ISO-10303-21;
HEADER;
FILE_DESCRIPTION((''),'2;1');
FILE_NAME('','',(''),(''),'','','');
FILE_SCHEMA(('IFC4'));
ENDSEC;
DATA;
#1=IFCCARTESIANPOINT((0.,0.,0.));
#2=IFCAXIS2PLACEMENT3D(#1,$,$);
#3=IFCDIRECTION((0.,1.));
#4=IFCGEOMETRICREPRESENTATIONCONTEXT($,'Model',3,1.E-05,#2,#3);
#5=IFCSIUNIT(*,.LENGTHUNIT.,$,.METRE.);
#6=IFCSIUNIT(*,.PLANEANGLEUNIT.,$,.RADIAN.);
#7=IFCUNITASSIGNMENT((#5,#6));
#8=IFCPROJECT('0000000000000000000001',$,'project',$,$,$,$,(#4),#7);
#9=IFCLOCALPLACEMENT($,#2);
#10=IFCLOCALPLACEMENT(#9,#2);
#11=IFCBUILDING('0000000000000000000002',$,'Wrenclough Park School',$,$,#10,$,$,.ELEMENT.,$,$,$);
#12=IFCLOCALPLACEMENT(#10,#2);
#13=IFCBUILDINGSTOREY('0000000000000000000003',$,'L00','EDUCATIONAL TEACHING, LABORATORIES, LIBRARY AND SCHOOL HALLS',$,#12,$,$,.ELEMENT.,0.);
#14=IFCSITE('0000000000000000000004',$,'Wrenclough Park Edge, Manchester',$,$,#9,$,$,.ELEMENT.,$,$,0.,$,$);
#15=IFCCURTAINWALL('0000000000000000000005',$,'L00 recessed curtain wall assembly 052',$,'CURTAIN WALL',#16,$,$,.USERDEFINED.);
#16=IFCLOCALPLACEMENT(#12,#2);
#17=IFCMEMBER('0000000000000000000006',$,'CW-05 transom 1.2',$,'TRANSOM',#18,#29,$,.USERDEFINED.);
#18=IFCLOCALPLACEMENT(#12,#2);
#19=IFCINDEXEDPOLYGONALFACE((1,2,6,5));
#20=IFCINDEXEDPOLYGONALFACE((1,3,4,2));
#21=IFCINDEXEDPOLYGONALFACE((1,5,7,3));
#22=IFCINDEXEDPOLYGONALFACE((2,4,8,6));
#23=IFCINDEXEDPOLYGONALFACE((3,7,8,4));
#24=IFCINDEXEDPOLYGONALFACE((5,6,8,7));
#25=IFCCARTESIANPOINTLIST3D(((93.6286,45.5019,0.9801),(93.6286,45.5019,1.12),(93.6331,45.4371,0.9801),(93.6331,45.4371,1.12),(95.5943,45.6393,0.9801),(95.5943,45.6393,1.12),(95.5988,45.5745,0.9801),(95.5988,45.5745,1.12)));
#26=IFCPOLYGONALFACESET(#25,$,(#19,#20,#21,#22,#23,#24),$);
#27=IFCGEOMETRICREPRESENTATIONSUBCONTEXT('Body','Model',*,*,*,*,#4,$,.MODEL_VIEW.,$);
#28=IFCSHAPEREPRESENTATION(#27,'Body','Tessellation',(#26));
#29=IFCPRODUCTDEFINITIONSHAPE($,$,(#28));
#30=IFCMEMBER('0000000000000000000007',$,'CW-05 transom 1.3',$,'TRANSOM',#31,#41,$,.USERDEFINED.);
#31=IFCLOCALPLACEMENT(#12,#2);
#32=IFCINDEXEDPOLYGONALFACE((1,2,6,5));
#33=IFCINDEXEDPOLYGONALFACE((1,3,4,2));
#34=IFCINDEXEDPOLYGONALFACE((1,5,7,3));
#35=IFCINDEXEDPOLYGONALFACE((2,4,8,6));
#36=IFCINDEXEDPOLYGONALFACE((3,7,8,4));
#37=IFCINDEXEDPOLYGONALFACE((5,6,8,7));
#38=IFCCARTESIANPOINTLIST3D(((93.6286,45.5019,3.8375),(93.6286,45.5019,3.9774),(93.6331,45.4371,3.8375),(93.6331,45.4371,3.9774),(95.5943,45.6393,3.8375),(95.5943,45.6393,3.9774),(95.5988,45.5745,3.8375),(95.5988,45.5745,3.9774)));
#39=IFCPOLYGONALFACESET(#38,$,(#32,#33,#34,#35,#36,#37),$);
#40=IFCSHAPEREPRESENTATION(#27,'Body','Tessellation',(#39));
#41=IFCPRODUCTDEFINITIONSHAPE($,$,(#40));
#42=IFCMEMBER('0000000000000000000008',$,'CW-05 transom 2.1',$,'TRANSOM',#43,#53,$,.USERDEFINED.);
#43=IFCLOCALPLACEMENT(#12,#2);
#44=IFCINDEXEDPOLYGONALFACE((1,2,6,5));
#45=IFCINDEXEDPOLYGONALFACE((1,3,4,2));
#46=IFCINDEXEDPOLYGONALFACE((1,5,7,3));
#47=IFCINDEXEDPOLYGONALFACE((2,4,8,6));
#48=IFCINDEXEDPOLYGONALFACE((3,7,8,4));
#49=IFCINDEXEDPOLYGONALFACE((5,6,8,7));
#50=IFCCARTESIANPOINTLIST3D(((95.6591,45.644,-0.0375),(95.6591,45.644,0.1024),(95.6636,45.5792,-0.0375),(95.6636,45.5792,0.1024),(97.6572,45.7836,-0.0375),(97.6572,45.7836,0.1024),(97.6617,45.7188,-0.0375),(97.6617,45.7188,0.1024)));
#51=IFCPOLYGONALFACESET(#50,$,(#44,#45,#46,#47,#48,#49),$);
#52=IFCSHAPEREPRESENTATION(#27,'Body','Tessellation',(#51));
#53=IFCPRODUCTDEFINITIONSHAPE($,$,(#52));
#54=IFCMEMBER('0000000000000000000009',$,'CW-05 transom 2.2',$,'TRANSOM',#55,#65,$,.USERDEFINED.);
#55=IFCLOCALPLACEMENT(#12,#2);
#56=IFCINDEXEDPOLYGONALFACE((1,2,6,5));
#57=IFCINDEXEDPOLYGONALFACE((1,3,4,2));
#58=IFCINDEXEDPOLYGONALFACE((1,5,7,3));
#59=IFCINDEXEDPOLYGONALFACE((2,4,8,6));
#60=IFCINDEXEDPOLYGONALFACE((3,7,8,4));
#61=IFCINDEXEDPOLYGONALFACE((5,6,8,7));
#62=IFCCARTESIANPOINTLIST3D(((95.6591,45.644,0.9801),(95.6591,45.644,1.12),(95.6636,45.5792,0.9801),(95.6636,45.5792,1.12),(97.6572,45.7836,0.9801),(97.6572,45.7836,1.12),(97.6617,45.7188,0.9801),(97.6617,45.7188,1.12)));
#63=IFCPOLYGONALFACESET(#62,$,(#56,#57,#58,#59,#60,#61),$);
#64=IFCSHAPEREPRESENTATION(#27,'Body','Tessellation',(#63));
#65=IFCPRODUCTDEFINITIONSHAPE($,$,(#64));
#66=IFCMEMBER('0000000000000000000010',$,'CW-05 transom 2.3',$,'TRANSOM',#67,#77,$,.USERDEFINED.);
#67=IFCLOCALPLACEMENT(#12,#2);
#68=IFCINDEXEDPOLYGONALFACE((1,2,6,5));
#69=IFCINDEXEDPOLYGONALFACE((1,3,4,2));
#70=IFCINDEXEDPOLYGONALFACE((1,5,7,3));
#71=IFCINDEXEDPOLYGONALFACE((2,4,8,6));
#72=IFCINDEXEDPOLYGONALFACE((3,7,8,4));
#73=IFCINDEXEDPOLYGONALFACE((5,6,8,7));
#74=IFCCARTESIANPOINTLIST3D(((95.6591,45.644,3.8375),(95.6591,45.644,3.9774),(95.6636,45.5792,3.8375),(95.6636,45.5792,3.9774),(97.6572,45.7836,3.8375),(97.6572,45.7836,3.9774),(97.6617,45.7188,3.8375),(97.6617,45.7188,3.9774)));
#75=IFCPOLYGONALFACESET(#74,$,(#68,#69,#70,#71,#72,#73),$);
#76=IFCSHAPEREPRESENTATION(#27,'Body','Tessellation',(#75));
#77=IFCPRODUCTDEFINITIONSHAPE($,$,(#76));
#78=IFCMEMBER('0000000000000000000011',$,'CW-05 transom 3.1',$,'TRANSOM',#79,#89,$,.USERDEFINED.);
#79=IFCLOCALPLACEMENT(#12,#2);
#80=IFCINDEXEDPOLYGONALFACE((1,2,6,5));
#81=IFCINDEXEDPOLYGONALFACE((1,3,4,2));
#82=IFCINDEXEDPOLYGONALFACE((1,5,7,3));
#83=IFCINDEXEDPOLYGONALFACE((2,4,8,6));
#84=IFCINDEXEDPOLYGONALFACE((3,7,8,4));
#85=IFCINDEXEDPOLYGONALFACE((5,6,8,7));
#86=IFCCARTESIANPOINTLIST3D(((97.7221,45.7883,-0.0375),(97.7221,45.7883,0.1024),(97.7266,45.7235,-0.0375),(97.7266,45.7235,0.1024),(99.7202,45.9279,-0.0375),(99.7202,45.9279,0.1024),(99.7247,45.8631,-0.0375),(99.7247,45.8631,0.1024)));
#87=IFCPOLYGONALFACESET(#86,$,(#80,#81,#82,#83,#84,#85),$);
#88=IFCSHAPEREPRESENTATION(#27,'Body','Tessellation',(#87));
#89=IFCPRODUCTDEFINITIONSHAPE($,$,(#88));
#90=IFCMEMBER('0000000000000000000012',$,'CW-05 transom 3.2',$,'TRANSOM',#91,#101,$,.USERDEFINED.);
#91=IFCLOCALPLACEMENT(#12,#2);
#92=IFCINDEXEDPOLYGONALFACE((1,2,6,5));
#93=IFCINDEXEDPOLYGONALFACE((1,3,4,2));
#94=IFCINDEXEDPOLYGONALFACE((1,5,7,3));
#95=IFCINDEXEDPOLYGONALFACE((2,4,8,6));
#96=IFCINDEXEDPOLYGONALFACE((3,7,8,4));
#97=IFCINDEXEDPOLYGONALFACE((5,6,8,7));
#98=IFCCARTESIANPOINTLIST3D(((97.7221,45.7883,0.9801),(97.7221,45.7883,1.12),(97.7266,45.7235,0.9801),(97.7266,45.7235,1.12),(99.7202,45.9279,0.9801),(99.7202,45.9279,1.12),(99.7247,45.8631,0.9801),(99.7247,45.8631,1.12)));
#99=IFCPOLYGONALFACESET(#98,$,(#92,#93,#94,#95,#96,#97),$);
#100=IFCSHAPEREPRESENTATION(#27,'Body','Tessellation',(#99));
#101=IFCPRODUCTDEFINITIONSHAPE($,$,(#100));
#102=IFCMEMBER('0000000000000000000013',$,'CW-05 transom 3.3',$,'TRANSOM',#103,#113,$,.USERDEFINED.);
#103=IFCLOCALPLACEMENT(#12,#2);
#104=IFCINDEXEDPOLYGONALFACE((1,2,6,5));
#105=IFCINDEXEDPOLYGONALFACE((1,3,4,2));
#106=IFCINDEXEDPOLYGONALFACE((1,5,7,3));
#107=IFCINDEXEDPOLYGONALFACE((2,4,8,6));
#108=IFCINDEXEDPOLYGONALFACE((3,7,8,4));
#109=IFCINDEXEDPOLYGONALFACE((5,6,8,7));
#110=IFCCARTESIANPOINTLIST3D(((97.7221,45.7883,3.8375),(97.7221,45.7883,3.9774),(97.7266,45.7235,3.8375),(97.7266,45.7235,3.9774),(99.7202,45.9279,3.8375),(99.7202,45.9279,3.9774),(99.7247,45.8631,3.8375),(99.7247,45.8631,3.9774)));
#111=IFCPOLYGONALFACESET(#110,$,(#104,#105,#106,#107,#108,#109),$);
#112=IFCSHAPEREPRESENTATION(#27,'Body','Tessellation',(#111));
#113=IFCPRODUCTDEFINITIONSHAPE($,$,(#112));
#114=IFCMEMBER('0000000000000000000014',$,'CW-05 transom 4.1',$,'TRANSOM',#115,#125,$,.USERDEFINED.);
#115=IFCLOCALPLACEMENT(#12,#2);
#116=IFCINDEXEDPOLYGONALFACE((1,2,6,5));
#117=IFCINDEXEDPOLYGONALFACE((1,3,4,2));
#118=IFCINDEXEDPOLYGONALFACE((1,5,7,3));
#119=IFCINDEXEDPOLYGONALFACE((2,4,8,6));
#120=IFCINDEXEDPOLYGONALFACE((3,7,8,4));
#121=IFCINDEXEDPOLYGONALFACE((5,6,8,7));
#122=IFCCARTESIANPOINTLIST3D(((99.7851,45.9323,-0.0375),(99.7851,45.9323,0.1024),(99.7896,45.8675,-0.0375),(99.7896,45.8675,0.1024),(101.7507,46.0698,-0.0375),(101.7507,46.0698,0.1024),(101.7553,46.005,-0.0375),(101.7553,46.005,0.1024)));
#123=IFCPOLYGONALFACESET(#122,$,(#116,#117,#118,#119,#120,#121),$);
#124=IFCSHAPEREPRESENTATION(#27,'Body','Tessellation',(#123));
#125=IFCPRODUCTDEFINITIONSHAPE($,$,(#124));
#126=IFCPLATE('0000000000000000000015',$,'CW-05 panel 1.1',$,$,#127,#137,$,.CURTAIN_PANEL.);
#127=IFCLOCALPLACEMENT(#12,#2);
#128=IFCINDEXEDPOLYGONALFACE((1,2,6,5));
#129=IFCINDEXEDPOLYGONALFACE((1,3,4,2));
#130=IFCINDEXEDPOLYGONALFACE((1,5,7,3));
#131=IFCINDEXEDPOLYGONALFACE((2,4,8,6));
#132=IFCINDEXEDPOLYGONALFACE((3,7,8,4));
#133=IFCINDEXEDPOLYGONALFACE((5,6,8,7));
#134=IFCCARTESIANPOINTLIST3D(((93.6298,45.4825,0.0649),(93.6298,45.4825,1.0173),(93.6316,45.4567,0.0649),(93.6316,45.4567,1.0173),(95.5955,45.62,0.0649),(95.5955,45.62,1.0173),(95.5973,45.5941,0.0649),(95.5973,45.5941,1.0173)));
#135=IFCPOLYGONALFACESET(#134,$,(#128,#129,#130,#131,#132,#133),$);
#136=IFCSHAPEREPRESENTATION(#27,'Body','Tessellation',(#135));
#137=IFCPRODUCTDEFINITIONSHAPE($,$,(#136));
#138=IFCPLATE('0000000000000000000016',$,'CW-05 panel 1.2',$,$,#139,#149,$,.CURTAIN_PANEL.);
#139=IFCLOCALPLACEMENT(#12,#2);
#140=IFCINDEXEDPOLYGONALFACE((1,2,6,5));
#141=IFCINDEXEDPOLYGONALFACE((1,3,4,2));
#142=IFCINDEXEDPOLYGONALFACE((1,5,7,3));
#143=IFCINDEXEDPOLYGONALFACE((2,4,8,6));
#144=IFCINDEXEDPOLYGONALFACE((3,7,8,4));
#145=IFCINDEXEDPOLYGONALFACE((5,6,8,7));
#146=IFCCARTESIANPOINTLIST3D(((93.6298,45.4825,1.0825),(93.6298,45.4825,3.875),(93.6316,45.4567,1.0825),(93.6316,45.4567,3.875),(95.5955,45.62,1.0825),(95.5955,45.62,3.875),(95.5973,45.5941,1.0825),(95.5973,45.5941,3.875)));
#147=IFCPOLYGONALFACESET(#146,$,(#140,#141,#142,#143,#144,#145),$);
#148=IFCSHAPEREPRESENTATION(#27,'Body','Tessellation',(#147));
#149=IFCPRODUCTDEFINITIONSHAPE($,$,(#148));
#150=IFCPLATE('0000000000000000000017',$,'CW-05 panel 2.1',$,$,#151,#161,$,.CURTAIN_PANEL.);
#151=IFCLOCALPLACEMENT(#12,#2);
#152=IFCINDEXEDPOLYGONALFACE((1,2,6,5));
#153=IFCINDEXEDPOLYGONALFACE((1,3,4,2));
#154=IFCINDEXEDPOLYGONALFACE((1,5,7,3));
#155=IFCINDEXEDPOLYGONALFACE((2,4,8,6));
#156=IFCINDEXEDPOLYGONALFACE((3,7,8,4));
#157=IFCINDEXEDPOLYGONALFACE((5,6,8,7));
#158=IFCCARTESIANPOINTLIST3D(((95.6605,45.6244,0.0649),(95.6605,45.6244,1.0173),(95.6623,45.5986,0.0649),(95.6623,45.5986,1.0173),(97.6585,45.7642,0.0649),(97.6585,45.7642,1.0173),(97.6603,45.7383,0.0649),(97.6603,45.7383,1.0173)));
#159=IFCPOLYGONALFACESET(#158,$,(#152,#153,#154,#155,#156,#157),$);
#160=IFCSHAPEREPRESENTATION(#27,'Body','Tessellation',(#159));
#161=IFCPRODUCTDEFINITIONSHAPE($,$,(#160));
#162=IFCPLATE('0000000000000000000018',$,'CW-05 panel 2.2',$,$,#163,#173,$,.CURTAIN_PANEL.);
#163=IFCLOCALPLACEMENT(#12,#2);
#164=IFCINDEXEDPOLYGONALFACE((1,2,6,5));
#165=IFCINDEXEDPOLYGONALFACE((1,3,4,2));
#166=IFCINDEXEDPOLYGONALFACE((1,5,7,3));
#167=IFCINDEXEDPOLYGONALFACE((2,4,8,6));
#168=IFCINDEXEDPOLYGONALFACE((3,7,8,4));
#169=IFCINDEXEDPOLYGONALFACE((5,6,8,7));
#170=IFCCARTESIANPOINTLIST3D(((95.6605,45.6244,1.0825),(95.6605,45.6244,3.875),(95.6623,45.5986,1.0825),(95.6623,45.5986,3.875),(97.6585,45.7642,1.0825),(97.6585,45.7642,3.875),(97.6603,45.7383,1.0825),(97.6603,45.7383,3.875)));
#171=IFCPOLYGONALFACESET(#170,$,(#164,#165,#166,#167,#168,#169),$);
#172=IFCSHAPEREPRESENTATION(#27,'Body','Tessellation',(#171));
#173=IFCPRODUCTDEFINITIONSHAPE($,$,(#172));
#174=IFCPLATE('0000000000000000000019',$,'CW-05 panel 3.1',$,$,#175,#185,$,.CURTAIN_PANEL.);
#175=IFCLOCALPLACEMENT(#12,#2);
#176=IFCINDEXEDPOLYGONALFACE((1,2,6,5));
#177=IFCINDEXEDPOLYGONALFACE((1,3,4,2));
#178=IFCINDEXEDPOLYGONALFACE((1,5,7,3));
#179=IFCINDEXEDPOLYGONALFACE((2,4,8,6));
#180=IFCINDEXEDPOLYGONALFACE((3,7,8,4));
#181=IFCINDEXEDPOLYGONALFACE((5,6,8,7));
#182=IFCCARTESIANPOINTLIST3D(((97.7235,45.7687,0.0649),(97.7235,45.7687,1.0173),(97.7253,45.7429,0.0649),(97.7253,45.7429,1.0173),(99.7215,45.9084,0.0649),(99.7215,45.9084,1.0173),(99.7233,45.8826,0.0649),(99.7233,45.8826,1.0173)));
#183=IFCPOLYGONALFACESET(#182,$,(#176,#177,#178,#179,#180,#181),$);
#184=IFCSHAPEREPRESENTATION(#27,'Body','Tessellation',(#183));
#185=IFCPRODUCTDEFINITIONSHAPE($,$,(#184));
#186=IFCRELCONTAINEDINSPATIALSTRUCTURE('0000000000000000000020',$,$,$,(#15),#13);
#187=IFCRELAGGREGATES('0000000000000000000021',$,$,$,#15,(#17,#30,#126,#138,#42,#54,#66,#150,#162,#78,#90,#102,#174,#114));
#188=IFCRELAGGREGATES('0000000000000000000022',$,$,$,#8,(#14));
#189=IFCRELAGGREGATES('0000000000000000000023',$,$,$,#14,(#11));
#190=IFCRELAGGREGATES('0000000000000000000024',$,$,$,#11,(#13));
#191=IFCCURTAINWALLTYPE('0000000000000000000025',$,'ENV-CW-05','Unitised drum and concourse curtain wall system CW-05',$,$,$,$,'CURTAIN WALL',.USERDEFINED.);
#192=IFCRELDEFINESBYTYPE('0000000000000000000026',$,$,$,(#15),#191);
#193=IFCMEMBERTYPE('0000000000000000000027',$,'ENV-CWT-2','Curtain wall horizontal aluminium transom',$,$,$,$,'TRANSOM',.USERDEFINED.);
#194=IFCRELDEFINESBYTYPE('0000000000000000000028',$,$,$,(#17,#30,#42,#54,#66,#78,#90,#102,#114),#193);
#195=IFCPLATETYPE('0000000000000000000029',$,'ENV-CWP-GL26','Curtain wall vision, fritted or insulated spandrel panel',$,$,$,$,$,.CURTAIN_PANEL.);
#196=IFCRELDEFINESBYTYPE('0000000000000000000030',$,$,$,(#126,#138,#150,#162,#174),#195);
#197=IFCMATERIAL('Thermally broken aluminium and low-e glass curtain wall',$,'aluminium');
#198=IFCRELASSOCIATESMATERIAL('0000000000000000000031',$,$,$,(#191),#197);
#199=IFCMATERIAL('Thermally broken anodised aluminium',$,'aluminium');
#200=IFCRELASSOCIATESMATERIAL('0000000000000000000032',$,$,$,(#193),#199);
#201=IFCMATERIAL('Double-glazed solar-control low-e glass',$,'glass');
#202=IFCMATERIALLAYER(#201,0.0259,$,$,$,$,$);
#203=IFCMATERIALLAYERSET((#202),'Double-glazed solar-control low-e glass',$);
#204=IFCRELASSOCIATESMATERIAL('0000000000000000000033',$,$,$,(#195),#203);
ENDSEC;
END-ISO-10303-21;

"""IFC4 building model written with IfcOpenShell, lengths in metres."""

from ifc_helpers import new_model, si_unit, direction, frame, origin, origin_2d, place, context, subcontext, project, spatial, rectangle, extrude, material, layer, layer_set, material_profile, profile_set, type_object, element, aggregate, save


model = new_model("IFC4")

# Units and contexts
model_context = context("Model", 3, precision=1e-05, world=origin(), true_north=direction((0.0, 1.0)))
body_context = subcontext(model_context, "Body", "Model", "MODEL_VIEW")
ifc_project = project(units=[si_unit("LENGTHUNIT", "METRE"), si_unit("PLANEANGLEUNIT", "RADIAN")], contexts=[model_context])

# Site, building, storey
site_placement = place(None, origin())
site = spatial("IfcSite", under=ifc_project, at=site_placement, Name="Wrenclough Park Edge, Manchester", CompositionType="ELEMENT", RefElevation=0.0)
building_placement = place(site_placement, origin())
building = spatial("IfcBuilding", under=site, at=building_placement, Name="Wrenclough Park School", CompositionType="ELEMENT")
storey_placement = place(building_placement, origin())
storey = spatial("IfcBuildingStorey", under=building, at=storey_placement, Name="L00", Description="EDUCATIONAL TEACHING, LABORATORIES, LIBRARY AND SCHOOL HALLS", CompositionType="ELEMENT", Elevation=0.0)

# Curtain wall, members, plates
ifc_material_1 = material(Name="Thermally broken aluminium and low-e glass curtain wall", Category="aluminium")
curtain_wall_type = type_object("IfcCurtainWallType", Name="ENV-CW-05", Description="Unitised drum and concourse curtain wall system CW-05", ElementType="CURTAIN WALL", PredefinedType="USERDEFINED", material=ifc_material_1)
curtain_wall_placement = place(storey_placement, origin())
curtain_wall = element("IfcCurtainWall", 1, at=curtain_wall_placement, inside=storey, type_object=curtain_wall_type, Name="L00 recessed curtain wall assembly 052", ObjectType="CURTAIN WALL", PredefinedType="USERDEFINED")
ifc_material_2 = material(Name="Thermally broken anodised aluminium", Category="aluminium")
ifc_material_profile_1 = material_profile(ifc_material_2, rectangle(XDim=0.0649, YDim=0.1399, at=origin_2d()), Name="AL TRANSOM 65x140")
ifc_profile_set_1 = profile_set([ifc_material_profile_1], Name="Thermally broken anodised aluminium")
member_type_1 = type_object("IfcMemberType", Name="ENV-CWT-2", Description="Curtain wall horizontal aluminium transom", ElementType="TRANSOM", PredefinedType="USERDEFINED", material=ifc_profile_set_1)
member_1_placement = place(storey_placement, frame((93.6309, 45.4695, 1.05), z_axis=(0.997564, 0.069759, 0.0), x_axis=(-0.069759, 0.997564, 0.0)))
member_1 = element("IfcMember", 2, at=member_1_placement, type_object=member_type_1, Name="CW-05 transom 1.2", ObjectType="TRANSOM", PredefinedType="USERDEFINED", context=body_context, shape_type="SweptSolid", body=[
    extrude(rectangle(XDim=0.0649, YDim=0.1399, at=origin_2d()), origin(), (0.0, 0.0, 1.0), 1.9705),
])
member_2_placement = place(storey_placement, frame((93.6309, 45.4695, 3.9075), z_axis=(0.997564, 0.069759, 0.0), x_axis=(-0.069759, 0.997564, 0.0)))
member_2 = element("IfcMember", 3, at=member_2_placement, type_object=member_type_1, Name="CW-05 transom 1.3", ObjectType="TRANSOM", PredefinedType="USERDEFINED", context=body_context, shape_type="SweptSolid", body=[
    extrude(rectangle(XDim=0.0649, YDim=0.1399, at=origin_2d()), origin(), (0.0, 0.0, 1.0), 1.9705),
])
member_3_placement = place(storey_placement, frame((95.6614, 45.6116, 0.0325), z_axis=(0.997566, 0.069722, 0.0), x_axis=(-0.069722, 0.997566, 0.0)))
member_3 = element("IfcMember", 4, at=member_3_placement, type_object=member_type_1, Name="CW-05 transom 2.1", ObjectType="TRANSOM", PredefinedType="USERDEFINED", context=body_context, shape_type="SweptSolid", body=[
    extrude(rectangle(XDim=0.0649, YDim=0.1399, at=origin_2d()), origin(), (0.0, 0.0, 1.0), 2.0029),
])
member_4_placement = place(storey_placement, frame((95.6614, 45.6116, 1.05), z_axis=(0.997566, 0.069722, 0.0), x_axis=(-0.069722, 0.997566, 0.0)))
member_4 = element("IfcMember", 5, at=member_4_placement, type_object=member_type_1, Name="CW-05 transom 2.2", ObjectType="TRANSOM", PredefinedType="USERDEFINED", context=body_context, shape_type="SweptSolid", body=[
    extrude(rectangle(XDim=0.0649, YDim=0.1399, at=origin_2d()), origin(), (0.0, 0.0, 1.0), 2.0029),
])
member_5_placement = place(storey_placement, frame((95.6614, 45.6116, 3.9075), z_axis=(0.997566, 0.069722, 0.0), x_axis=(-0.069722, 0.997566, 0.0)))
member_5 = element("IfcMember", 6, at=member_5_placement, type_object=member_type_1, Name="CW-05 transom 2.3", ObjectType="TRANSOM", PredefinedType="USERDEFINED", context=body_context, shape_type="SweptSolid", body=[
    extrude(rectangle(XDim=0.0649, YDim=0.1399, at=origin_2d()), origin(), (0.0, 0.0, 1.0), 2.0029),
])
member_6_placement = place(storey_placement, frame((97.7244, 45.7559, 0.0325), z_axis=(0.997566, 0.069722, 0.0), x_axis=(-0.069722, 0.997566, 0.0)))
member_6 = element("IfcMember", 7, at=member_6_placement, type_object=member_type_1, Name="CW-05 transom 3.1", ObjectType="TRANSOM", PredefinedType="USERDEFINED", context=body_context, shape_type="SweptSolid", body=[
    extrude(rectangle(XDim=0.0649, YDim=0.1399, at=origin_2d()), origin(), (0.0, 0.0, 1.0), 2.0029),
])
member_7_placement = place(storey_placement, frame((97.7244, 45.7559, 1.05), z_axis=(0.997566, 0.069722, 0.0), x_axis=(-0.069722, 0.997566, 0.0)))
member_7 = element("IfcMember", 8, at=member_7_placement, type_object=member_type_1, Name="CW-05 transom 3.2", ObjectType="TRANSOM", PredefinedType="USERDEFINED", context=body_context, shape_type="SweptSolid", body=[
    extrude(rectangle(XDim=0.0649, YDim=0.1399, at=origin_2d()), origin(), (0.0, 0.0, 1.0), 2.0029),
])
member_8_placement = place(storey_placement, frame((97.7244, 45.7559, 3.9075), z_axis=(0.997566, 0.069722, 0.0), x_axis=(-0.069722, 0.997566, 0.0)))
member_8 = element("IfcMember", 9, at=member_8_placement, type_object=member_type_1, Name="CW-05 transom 3.3", ObjectType="TRANSOM", PredefinedType="USERDEFINED", context=body_context, shape_type="SweptSolid", body=[
    extrude(rectangle(XDim=0.0649, YDim=0.1399, at=origin_2d()), origin(), (0.0, 0.0, 1.0), 2.0029),
])
member_9_placement = place(storey_placement, frame((99.7874, 45.8999, 0.0325), z_axis=(0.997564, 0.069759, 0.0), x_axis=(-0.069759, 0.997564, 0.0)))
member_9 = element("IfcMember", 10, at=member_9_placement, type_object=member_type_1, Name="CW-05 transom 4.1", ObjectType="TRANSOM", PredefinedType="USERDEFINED", context=body_context, shape_type="SweptSolid", body=[
    extrude(rectangle(XDim=0.0649, YDim=0.1399, at=origin_2d()), origin(), (0.0, 0.0, 1.0), 1.9705),
])
ifc_material_3 = material(Name="Double-glazed solar-control low-e glass", Category="glass")
ifc_layer_1 = layer(ifc_material_3, 0.0259)
ifc_layer_set_1 = layer_set([ifc_layer_1], Name="Double-glazed solar-control low-e glass")
plate_type = type_object("IfcPlateType", Name="ENV-CWP-GL26", Description="Curtain wall vision, fritted or insulated spandrel panel", PredefinedType="CURTAIN_PANEL", material=ifc_layer_set_1)
plate_1_placement = place(storey_placement, frame((94.6135, 45.5383, 0.0649), z_axis=(0.0, 0.0, 1.0), x_axis=(0.997564, 0.069753, 0.0)))
plate_1 = element("IfcPlate", 11, at=plate_1_placement, type_object=plate_type, Name="CW-05 panel 1.1", PredefinedType="CURTAIN_PANEL", context=body_context, shape_type="SweptSolid", body=[
    extrude(rectangle(XDim=1.9705, YDim=0.0259, at=origin_2d()), origin(), (0.0, 0.0, 1.0), 0.9524),
])
plate_2_placement = place(storey_placement, frame((94.6135, 45.5383, 1.0825), z_axis=(0.0, 0.0, 1.0), x_axis=(0.997564, 0.069753, 0.0)))
plate_2 = element("IfcPlate", 12, at=plate_2_placement, type_object=plate_type, Name="CW-05 panel 1.2", PredefinedType="CURTAIN_PANEL", context=body_context, shape_type="SweptSolid", body=[
    extrude(rectangle(XDim=1.9705, YDim=0.0259, at=origin_2d()), origin(), (0.0, 0.0, 1.0), 2.7925),
])
plate_3_placement = place(storey_placement, frame((96.6604, 45.6814, 0.0649), z_axis=(0.0, 0.0, 1.0), x_axis=(0.997564, 0.069753, 0.0)))
plate_3 = element("IfcPlate", 13, at=plate_3_placement, type_object=plate_type, Name="CW-05 panel 2.1", PredefinedType="CURTAIN_PANEL", context=body_context, shape_type="SweptSolid", body=[
    extrude(rectangle(XDim=2.0029, YDim=0.0259, at=origin_2d()), origin(), (0.0, 0.0, 1.0), 0.9524),
])
plate_4_placement = place(storey_placement, frame((96.6604, 45.6814, 1.0825), z_axis=(0.0, 0.0, 1.0), x_axis=(0.997564, 0.069753, 0.0)))
plate_4 = element("IfcPlate", 14, at=plate_4_placement, type_object=plate_type, Name="CW-05 panel 2.2", PredefinedType="CURTAIN_PANEL", context=body_context, shape_type="SweptSolid", body=[
    extrude(rectangle(XDim=2.0029, YDim=0.0259, at=origin_2d()), origin(), (0.0, 0.0, 1.0), 2.7925),
])
plate_5_placement = place(storey_placement, frame((98.7234, 45.8257, 0.0649), z_axis=(0.0, 0.0, 1.0), x_axis=(0.997564, 0.069753, 0.0)))
plate_5 = element("IfcPlate", 15, at=plate_5_placement, type_object=plate_type, Name="CW-05 panel 3.1", PredefinedType="CURTAIN_PANEL", context=body_context, shape_type="SweptSolid", body=[
    extrude(rectangle(XDim=2.0029, YDim=0.0259, at=origin_2d()), origin(), (0.0, 0.0, 1.0), 0.9524),
])
aggregate(curtain_wall, [member_1, member_2, plate_1, plate_2, member_3, member_4, member_5, plate_3, plate_4, member_6, member_7, member_8, plate_5, member_9])

save(model, "model.ifc")
